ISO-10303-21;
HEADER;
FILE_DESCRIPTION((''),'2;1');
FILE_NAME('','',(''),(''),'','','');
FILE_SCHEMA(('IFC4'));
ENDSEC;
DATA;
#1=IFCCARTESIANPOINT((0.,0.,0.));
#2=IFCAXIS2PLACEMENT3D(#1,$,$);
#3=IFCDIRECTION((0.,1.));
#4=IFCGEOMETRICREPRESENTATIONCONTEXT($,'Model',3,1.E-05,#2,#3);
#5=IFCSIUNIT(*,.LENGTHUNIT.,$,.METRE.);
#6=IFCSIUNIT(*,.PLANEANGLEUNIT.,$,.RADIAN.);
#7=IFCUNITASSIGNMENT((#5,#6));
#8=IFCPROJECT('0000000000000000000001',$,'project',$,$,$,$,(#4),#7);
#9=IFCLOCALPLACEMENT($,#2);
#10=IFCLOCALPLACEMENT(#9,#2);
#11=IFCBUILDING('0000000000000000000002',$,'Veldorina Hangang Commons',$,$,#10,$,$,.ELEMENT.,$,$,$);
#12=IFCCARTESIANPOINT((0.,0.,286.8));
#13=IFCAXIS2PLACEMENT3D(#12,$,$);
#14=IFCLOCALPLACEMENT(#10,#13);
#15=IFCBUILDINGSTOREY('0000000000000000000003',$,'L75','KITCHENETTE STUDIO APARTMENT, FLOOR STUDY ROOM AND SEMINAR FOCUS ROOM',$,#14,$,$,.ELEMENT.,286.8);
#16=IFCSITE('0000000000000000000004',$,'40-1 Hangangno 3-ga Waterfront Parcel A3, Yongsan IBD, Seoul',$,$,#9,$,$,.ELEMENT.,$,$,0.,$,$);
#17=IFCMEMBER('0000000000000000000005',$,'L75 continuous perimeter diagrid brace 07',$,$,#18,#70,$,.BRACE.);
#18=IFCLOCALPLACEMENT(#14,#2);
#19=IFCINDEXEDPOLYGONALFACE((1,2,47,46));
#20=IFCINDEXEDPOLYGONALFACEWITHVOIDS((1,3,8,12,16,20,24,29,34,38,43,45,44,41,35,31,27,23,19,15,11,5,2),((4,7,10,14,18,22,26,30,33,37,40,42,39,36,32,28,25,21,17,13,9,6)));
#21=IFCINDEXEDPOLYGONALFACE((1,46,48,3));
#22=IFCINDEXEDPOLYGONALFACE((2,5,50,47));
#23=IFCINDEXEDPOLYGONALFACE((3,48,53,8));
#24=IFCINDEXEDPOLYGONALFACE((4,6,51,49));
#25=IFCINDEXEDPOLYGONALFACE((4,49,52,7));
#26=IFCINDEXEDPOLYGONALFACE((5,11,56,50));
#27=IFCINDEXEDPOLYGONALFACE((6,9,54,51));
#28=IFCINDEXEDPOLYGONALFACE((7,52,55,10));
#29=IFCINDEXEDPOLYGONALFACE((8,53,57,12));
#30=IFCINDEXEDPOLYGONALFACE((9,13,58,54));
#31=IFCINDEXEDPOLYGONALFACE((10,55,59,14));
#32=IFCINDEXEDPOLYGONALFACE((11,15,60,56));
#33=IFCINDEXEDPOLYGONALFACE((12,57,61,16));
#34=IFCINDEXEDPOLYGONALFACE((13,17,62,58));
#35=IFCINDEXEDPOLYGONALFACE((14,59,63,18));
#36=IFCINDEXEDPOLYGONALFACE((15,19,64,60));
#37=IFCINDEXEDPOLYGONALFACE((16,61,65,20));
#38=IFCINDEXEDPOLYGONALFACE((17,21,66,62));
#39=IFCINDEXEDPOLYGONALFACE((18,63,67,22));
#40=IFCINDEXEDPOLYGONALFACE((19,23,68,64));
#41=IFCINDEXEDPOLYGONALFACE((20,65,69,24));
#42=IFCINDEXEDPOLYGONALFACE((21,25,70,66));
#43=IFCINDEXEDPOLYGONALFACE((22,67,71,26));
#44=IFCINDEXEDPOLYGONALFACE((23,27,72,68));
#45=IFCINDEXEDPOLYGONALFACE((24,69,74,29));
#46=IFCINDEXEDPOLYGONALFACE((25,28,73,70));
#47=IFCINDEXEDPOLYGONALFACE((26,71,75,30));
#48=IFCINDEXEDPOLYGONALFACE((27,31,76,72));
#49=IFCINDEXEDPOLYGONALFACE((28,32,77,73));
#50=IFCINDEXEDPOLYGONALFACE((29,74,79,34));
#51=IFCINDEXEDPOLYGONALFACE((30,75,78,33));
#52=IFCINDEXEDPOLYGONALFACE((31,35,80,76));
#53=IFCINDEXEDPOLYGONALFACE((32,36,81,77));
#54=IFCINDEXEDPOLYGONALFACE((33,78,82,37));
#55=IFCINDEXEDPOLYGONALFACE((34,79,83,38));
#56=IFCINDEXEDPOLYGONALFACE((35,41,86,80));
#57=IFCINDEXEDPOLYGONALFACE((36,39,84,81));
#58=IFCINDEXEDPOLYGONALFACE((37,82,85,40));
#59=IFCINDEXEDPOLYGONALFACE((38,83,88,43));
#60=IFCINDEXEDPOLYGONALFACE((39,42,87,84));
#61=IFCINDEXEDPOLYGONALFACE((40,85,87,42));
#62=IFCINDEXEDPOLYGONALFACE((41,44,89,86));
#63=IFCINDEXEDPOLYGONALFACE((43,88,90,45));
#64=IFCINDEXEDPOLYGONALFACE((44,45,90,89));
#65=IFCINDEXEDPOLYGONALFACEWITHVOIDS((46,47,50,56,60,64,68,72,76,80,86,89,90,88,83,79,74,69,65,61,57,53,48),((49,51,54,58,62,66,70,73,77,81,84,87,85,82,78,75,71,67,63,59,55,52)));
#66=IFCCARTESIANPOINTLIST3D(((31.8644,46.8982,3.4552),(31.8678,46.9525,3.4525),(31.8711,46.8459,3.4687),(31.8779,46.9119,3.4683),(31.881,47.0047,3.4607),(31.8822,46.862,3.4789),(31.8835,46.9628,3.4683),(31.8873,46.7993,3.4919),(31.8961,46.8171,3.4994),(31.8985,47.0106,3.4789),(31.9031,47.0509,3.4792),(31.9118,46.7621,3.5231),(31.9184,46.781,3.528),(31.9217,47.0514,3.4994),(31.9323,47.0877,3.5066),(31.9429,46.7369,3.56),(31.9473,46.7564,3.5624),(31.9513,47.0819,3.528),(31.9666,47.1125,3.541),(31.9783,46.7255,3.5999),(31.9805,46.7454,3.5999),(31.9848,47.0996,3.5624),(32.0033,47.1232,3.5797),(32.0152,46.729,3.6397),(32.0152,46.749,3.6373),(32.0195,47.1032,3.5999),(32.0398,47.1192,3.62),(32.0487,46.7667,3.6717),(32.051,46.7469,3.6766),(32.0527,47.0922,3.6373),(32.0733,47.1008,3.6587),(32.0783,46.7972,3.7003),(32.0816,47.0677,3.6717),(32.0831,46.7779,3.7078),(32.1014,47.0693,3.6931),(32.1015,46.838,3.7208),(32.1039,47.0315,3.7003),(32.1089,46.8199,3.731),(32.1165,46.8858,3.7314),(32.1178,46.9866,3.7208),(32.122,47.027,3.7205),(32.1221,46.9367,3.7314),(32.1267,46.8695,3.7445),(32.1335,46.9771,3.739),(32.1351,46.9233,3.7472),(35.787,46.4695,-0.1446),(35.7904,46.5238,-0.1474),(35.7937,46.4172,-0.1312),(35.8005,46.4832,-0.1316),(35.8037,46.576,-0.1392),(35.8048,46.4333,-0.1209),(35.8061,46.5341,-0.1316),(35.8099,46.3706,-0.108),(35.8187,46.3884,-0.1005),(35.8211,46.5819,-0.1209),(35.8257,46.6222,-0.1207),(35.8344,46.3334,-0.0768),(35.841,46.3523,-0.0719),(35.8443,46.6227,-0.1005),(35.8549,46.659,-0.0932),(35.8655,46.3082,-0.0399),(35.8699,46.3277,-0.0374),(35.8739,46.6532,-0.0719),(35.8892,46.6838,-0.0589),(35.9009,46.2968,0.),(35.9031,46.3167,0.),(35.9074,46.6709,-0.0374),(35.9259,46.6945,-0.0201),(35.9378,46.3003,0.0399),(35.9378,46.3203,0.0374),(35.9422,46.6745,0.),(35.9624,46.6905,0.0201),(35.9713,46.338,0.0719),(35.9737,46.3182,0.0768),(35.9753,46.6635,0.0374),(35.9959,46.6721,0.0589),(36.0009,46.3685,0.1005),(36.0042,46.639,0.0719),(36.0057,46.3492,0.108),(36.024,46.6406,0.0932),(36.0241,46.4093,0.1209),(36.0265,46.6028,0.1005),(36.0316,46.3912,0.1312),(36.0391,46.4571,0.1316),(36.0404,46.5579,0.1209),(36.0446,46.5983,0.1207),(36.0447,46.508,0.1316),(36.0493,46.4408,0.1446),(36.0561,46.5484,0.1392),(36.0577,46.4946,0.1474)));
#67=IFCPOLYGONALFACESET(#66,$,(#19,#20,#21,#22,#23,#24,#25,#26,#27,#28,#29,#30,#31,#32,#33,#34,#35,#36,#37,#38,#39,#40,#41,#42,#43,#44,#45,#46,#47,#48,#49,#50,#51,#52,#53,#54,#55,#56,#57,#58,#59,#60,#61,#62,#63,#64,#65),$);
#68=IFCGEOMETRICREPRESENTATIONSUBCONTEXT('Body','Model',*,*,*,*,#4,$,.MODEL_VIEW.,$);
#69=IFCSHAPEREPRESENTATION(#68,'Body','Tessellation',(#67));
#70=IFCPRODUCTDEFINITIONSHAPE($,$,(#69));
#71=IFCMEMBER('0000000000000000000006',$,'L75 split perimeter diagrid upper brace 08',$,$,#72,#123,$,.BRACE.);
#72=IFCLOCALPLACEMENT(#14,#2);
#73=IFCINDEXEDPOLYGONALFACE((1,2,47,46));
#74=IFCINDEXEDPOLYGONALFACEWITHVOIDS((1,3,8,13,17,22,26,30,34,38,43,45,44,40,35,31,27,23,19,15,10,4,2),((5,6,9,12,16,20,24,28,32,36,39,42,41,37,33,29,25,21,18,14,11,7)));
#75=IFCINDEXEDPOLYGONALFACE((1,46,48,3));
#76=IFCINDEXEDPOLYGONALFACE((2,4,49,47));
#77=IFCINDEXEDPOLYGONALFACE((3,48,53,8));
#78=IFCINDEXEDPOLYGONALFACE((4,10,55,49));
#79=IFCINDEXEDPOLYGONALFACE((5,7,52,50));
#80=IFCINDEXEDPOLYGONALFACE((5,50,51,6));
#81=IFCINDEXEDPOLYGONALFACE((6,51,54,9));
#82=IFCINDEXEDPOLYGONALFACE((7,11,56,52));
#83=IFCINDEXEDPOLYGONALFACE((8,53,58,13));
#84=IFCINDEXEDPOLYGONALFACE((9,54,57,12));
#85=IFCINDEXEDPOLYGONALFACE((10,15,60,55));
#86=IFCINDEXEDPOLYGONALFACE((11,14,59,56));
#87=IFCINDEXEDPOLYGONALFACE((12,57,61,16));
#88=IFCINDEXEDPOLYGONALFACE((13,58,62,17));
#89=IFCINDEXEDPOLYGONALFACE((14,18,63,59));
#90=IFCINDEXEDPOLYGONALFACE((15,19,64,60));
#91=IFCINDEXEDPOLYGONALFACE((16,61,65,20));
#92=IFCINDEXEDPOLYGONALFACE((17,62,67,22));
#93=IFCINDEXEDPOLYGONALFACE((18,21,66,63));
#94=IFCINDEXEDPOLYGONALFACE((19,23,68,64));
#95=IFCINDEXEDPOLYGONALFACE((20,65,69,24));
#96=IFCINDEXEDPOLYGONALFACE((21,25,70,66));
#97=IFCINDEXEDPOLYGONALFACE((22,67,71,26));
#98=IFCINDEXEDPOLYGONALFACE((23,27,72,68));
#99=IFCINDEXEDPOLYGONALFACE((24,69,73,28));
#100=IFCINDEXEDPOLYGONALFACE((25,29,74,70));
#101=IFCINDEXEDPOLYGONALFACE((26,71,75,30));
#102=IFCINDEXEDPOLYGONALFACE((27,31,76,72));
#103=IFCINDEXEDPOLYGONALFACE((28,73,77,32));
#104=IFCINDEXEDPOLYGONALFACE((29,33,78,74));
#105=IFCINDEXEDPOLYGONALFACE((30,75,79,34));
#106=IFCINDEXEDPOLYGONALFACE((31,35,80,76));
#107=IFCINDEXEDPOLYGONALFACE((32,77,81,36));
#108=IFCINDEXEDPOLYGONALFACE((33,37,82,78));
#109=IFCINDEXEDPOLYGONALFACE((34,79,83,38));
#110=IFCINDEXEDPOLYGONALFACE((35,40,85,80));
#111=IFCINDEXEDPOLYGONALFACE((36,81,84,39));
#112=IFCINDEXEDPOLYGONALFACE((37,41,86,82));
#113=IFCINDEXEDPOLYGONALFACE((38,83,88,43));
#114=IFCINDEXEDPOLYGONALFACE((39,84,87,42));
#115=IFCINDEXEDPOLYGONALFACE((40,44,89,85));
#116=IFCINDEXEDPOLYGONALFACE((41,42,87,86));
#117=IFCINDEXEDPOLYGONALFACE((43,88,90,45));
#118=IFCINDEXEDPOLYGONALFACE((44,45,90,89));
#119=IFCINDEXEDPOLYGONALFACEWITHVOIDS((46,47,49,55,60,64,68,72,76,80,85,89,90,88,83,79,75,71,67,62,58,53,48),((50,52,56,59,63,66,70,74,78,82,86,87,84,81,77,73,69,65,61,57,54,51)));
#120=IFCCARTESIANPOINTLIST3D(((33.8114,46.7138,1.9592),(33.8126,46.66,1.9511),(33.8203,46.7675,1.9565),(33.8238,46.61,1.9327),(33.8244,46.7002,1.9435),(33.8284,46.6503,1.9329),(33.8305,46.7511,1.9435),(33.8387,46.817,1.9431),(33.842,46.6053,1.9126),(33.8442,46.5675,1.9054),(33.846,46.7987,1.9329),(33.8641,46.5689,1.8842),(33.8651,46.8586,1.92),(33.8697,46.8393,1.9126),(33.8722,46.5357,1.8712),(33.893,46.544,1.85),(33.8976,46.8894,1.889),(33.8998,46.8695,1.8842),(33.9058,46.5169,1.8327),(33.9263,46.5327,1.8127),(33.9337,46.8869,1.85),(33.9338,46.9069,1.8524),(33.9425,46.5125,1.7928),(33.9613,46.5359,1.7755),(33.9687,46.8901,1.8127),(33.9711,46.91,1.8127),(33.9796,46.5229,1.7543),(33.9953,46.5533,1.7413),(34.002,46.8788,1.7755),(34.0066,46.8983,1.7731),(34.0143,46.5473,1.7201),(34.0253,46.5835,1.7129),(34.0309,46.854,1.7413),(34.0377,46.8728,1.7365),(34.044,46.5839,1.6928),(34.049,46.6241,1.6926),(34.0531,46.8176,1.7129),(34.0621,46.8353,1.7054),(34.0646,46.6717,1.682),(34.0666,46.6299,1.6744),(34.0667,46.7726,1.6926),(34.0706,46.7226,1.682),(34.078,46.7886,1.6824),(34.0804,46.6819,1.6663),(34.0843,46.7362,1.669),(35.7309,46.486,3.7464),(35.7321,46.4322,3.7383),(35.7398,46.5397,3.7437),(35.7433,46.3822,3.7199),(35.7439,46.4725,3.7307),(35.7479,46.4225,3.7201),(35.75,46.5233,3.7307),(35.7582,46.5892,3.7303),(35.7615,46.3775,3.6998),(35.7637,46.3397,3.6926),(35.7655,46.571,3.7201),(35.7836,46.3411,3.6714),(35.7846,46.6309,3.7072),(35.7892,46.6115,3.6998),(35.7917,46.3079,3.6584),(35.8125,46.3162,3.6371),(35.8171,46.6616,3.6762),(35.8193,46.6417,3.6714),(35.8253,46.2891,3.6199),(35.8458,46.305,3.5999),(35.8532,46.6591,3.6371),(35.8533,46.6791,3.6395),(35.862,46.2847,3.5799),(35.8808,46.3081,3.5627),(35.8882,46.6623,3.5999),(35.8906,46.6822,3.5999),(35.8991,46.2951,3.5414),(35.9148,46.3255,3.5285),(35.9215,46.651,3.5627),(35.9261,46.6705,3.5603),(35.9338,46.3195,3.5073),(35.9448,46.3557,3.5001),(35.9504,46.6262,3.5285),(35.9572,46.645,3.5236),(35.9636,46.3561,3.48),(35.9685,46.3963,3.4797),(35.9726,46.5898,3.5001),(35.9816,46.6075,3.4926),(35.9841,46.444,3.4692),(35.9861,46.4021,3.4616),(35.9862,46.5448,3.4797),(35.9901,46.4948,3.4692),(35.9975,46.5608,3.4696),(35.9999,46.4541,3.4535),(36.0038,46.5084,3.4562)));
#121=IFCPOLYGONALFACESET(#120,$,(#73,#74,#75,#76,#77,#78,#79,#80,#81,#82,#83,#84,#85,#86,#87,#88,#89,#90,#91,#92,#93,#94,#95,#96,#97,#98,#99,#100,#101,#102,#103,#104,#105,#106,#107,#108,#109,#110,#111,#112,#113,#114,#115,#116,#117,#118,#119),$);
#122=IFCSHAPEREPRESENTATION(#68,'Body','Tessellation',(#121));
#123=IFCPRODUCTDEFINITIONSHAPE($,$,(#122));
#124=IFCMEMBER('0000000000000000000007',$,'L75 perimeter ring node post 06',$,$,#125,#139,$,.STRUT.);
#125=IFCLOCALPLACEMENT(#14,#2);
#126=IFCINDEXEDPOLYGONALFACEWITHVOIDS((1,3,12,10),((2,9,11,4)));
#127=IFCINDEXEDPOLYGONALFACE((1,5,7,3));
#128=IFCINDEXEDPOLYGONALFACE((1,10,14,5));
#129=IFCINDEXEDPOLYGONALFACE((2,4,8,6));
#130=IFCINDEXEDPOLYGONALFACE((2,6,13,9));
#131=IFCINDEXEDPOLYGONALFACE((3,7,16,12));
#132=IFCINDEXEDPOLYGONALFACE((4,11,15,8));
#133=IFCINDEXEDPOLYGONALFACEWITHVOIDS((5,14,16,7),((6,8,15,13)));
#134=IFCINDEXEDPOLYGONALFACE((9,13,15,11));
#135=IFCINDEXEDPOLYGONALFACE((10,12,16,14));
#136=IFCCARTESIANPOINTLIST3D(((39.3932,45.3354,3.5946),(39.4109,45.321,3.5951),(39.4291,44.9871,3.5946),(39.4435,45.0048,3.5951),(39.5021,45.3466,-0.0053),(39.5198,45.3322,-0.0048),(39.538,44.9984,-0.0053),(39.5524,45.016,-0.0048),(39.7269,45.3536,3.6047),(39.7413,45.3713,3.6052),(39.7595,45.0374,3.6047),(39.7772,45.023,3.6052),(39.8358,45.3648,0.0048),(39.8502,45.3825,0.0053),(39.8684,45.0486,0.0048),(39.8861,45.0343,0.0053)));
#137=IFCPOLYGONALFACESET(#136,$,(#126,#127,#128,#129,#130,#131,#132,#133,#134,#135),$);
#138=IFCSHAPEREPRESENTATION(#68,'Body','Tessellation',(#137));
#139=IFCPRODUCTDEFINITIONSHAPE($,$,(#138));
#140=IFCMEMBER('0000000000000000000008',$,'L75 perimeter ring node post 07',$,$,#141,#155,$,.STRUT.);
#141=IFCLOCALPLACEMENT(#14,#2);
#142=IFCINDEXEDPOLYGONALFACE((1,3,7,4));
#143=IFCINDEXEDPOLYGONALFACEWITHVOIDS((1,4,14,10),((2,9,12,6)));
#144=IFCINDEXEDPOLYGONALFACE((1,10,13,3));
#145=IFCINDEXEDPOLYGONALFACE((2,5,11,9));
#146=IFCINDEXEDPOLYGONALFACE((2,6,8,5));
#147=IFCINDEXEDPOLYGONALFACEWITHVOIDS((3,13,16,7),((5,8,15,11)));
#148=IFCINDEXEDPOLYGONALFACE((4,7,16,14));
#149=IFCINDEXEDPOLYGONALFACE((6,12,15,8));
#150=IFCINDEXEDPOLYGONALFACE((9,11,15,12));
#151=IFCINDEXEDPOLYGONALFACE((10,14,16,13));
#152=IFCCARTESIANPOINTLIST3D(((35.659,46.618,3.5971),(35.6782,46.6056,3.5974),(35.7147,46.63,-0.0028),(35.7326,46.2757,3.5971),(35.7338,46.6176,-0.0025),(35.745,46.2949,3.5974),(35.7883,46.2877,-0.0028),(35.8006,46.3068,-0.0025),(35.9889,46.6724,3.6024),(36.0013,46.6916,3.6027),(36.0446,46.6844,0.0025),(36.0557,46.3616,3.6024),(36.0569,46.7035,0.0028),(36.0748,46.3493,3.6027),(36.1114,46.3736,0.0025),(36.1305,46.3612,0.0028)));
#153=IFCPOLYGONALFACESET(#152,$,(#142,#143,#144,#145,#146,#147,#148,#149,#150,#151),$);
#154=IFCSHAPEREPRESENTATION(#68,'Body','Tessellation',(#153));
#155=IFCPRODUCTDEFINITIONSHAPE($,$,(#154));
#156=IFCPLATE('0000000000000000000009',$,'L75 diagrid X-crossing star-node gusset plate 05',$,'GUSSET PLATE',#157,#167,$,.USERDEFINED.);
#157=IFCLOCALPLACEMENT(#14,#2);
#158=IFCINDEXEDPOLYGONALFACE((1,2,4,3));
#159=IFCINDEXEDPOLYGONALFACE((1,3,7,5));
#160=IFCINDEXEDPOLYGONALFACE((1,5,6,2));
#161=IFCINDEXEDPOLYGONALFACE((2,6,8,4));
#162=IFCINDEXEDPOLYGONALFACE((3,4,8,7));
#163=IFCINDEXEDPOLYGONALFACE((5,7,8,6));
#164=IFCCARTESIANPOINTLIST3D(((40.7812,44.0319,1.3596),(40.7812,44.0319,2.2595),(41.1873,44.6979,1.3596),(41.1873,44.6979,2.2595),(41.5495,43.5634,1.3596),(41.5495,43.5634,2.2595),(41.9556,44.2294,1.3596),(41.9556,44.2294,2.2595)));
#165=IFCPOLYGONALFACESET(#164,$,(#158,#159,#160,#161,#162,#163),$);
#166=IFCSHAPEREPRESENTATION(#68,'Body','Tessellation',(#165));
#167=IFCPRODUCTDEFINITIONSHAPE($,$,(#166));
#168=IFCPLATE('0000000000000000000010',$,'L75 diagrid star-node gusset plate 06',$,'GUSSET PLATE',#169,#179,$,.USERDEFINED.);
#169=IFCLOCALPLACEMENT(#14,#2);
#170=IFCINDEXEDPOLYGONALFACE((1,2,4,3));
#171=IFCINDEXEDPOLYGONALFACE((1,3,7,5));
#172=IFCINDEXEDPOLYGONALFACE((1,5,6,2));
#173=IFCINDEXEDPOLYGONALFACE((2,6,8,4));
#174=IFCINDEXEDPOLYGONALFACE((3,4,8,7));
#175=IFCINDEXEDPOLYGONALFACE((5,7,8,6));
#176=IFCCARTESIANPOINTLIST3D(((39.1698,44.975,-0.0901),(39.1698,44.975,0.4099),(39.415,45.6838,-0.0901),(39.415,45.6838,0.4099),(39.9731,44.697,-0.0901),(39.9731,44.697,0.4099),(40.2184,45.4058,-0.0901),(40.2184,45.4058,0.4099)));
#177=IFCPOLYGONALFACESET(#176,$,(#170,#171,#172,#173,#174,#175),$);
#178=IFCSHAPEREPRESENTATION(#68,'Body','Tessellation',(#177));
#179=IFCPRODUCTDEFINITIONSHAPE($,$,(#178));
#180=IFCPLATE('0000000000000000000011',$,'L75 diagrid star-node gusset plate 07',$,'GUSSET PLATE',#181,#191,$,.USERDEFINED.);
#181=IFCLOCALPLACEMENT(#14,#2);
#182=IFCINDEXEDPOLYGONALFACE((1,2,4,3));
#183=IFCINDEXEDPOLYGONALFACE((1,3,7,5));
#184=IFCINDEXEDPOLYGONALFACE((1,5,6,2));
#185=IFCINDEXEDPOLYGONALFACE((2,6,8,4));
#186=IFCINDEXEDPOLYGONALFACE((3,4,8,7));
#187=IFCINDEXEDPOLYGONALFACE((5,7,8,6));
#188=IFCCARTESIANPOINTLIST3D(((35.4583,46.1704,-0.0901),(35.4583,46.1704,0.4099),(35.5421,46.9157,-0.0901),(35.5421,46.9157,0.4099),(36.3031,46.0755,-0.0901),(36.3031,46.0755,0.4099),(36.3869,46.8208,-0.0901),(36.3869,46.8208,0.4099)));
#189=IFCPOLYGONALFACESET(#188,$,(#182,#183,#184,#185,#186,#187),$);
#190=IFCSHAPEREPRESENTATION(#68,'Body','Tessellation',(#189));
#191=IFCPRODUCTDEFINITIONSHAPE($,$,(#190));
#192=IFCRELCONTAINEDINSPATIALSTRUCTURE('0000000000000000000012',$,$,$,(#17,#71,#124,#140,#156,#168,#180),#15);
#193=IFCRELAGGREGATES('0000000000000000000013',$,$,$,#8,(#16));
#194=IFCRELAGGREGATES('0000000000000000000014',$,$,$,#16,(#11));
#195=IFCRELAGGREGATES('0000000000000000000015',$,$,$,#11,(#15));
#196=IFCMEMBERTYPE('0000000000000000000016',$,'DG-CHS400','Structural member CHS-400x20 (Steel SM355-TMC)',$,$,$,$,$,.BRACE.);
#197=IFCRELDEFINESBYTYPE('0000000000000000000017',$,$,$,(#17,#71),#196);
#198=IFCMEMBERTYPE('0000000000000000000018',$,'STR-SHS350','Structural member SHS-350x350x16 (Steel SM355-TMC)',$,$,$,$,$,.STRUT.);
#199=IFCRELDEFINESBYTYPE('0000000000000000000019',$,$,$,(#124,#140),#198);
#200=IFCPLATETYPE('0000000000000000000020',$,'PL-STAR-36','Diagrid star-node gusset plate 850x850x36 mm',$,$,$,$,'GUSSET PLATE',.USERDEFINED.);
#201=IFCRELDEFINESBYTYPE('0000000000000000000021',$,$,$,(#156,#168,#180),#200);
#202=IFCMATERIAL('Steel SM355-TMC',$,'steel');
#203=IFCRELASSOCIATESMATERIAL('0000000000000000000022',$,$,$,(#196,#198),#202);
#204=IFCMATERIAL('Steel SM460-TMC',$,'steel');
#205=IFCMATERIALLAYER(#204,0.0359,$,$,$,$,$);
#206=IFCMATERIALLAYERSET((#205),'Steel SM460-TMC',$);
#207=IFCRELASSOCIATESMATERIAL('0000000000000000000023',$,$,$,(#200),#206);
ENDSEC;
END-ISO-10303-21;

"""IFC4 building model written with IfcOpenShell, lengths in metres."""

from ifc_helpers import new_model, si_unit, direction, frame, origin, origin_2d, place, context, subcontext, project, spatial, rectangle, hollow_rectangle, hollow_circle, extrude, material, layer, layer_set, material_profile, profile_set, type_object, element, save


model = new_model("IFC4")

# Units and contexts
model_context = context("Model", 3, precision=1e-05, world=origin(), true_north=direction((0.0, 1.0)))
body_context = subcontext(model_context, "Body", "Model", "MODEL_VIEW")
ifc_project = project(units=[si_unit("LENGTHUNIT", "METRE"), si_unit("PLANEANGLEUNIT", "RADIAN")], contexts=[model_context])

# Site, building, storey
site_placement = place(None, origin())
site = spatial("IfcSite", under=ifc_project, at=site_placement, Name="40-1 Hangangno 3-ga Waterfront Parcel A3, Yongsan IBD, Seoul", CompositionType="ELEMENT", RefElevation=0.0)
building_placement = place(site_placement, origin())
building = spatial("IfcBuilding", under=site, at=building_placement, Name="Veldorina Hangang Commons", CompositionType="ELEMENT")
storey_placement = place(building_placement, frame((0.0, 0.0, 286.8)))
storey = spatial("IfcBuildingStorey", under=building, at=storey_placement, Name="L75", Description="KITCHENETTE STUDIO APARTMENT, FLOOR STUDY ROOM AND SEMINAR FOCUS ROOM", CompositionType="ELEMENT", Elevation=286.8)

# Shared definitions
ifc_material_1 = material(Name="Steel SM355-TMC", Category="steel")

# Members
ifc_material_profile_1 = material_profile(ifc_material_1, hollow_circle(Radius=0.2, WallThickness=0.02, at=origin_2d()), Name="CHS-400x20")
ifc_profile_set_1 = profile_set([ifc_material_profile_1], Name="Steel SM355-TMC")
member_type_1 = type_object("IfcMemberType", Name="DG-CHS400", Description="Structural member CHS-400x20 (Steel SM355-TMC)", PredefinedType="BRACE", material=ifc_profile_set_1)
member_1_placement = place(storey_placement, frame((35.9226, 46.4956, 0.0), z_axis=(-0.734391, 0.080263, 0.673965), x_axis=(-0.108645, -0.994081, 0.0)))
element("IfcMember", 1, at=member_1_placement, inside=storey, type_object=member_type_1, Name="L75 continuous perimeter diagrid brace 07", PredefinedType="BRACE", context=body_context, shape_type="SweptSolid", body=[
    extrude(hollow_circle(Radius=0.2, WallThickness=0.02, at=origin_2d()), origin(), (0.0, 0.0, 1.0), 5.3413),
])
member_2_placement = place(storey_placement, frame((33.9475, 46.7114, 1.8127), z_axis=(0.729139, -0.086528, 0.678873), x_axis=(0.117845, 0.993032, 0.0)))
element("IfcMember", 2, at=member_2_placement, inside=storey, type_object=member_type_1, Name="L75 split perimeter diagrid upper brace 08", PredefinedType="BRACE", context=body_context, shape_type="SweptSolid", body=[
    extrude(hollow_circle(Radius=0.2, WallThickness=0.02, at=origin_2d()), origin(), (0.0, 0.0, 1.0), 2.6326),
])
ifc_material_profile_2 = material_profile(ifc_material_1, hollow_rectangle(XDim=0.3501, YDim=0.3501, WallThickness=0.0161, at=origin_2d()), Name="SHS-350x350x16")
ifc_profile_set_2 = profile_set([ifc_material_profile_2], Name="Steel SM355-TMC")
member_type_2 = type_object("IfcMemberType", Name="STR-SHS350", Description="Structural member SHS-350x350x16 (Steel SM355-TMC)", PredefinedType="STRUT", material=ifc_profile_set_2)
member_3_placement = place(storey_placement, frame((39.6941, 45.1904, 0.0), z_axis=(-0.030234, -0.003118, 0.999538), x_axis=(0.102595, -0.994723, 0.0)))
element("IfcMember", 3, at=member_3_placement, inside=storey, type_object=member_type_2, Name="L75 perimeter ring node post 06", PredefinedType="STRUT", context=body_context, shape_type="SweptSolid", body=[
    extrude(hollow_rectangle(XDim=0.3501, YDim=0.3501, WallThickness=0.0161, at=origin_2d()), origin(), (0.0, 0.0, 1.0), 3.6016),
])
member_4_placement = place(storey_placement, frame((35.9226, 46.4956, 0.0), z_axis=(-0.015461, -0.003323, 0.999875), x_axis=(0.210115, -0.977677, 0.0)))
element("IfcMember", 4, at=member_4_placement, inside=storey, type_object=member_type_2, Name="L75 perimeter ring node post 07", PredefinedType="STRUT", context=body_context, shape_type="SweptSolid", body=[
    extrude(hollow_rectangle(XDim=0.3501, YDim=0.3501, WallThickness=0.0161, at=origin_2d()), origin(), (0.0, 0.0, 1.0), 3.6003),
])

# Plates
ifc_material_2 = material(Name="Steel SM460-TMC", Category="steel")
ifc_layer_1 = layer(ifc_material_2, 0.0359)
ifc_layer_set_1 = layer_set([ifc_layer_1], Name="Steel SM460-TMC")
plate_type = type_object("IfcPlateType", Name="PL-STAR-36", Description="Diagrid star-node gusset plate 850x850x36 mm", ElementType="GUSSET PLATE", PredefinedType="USERDEFINED", material=ifc_layer_set_1)
plate_1_placement = place(storey_placement, frame((41.3684, 44.1306, 1.3596), z_axis=(0.0, 0.0, 1.0), x_axis=(-0.853787, 0.520622, 0.0)))
element("IfcPlate", 5, at=plate_1_placement, inside=storey, type_object=plate_type, Name="L75 diagrid X-crossing star-node gusset plate 05", ObjectType="GUSSET PLATE", PredefinedType="USERDEFINED", context=body_context, shape_type="SweptSolid", body=[
    extrude(rectangle(XDim=0.8999, YDim=0.78, at=origin_2d()), origin(), (0.0, 0.0, 1.0), 0.8999),
])
for number, where, z_axis, x_axis, name in (
    (6, (39.6941, 45.1904, -0.0901), (0.0, 0.0, 1.0), (-0.945017, 0.32702, 0.0), "L75 diagrid star-node gusset plate 06"),
    (7, (35.9226, 46.4956, -0.0901), (0.0, 0.0, 1.0), (-0.993748, 0.111642, 0.0), "L75 diagrid star-node gusset plate 07"),
):
    element("IfcPlate", number, at=place(storey_placement, frame(where, z_axis=z_axis, x_axis=x_axis)), inside=storey, type_object=plate_type, Name=name, ObjectType="GUSSET PLATE", PredefinedType="USERDEFINED", context=body_context, shape_type="SweptSolid", body=[
        extrude(rectangle(XDim=0.8501, YDim=0.75, at=origin_2d()), origin(), (0.0, 0.0, 1.0), 0.5),
    ])

save(model, "model.ifc")
